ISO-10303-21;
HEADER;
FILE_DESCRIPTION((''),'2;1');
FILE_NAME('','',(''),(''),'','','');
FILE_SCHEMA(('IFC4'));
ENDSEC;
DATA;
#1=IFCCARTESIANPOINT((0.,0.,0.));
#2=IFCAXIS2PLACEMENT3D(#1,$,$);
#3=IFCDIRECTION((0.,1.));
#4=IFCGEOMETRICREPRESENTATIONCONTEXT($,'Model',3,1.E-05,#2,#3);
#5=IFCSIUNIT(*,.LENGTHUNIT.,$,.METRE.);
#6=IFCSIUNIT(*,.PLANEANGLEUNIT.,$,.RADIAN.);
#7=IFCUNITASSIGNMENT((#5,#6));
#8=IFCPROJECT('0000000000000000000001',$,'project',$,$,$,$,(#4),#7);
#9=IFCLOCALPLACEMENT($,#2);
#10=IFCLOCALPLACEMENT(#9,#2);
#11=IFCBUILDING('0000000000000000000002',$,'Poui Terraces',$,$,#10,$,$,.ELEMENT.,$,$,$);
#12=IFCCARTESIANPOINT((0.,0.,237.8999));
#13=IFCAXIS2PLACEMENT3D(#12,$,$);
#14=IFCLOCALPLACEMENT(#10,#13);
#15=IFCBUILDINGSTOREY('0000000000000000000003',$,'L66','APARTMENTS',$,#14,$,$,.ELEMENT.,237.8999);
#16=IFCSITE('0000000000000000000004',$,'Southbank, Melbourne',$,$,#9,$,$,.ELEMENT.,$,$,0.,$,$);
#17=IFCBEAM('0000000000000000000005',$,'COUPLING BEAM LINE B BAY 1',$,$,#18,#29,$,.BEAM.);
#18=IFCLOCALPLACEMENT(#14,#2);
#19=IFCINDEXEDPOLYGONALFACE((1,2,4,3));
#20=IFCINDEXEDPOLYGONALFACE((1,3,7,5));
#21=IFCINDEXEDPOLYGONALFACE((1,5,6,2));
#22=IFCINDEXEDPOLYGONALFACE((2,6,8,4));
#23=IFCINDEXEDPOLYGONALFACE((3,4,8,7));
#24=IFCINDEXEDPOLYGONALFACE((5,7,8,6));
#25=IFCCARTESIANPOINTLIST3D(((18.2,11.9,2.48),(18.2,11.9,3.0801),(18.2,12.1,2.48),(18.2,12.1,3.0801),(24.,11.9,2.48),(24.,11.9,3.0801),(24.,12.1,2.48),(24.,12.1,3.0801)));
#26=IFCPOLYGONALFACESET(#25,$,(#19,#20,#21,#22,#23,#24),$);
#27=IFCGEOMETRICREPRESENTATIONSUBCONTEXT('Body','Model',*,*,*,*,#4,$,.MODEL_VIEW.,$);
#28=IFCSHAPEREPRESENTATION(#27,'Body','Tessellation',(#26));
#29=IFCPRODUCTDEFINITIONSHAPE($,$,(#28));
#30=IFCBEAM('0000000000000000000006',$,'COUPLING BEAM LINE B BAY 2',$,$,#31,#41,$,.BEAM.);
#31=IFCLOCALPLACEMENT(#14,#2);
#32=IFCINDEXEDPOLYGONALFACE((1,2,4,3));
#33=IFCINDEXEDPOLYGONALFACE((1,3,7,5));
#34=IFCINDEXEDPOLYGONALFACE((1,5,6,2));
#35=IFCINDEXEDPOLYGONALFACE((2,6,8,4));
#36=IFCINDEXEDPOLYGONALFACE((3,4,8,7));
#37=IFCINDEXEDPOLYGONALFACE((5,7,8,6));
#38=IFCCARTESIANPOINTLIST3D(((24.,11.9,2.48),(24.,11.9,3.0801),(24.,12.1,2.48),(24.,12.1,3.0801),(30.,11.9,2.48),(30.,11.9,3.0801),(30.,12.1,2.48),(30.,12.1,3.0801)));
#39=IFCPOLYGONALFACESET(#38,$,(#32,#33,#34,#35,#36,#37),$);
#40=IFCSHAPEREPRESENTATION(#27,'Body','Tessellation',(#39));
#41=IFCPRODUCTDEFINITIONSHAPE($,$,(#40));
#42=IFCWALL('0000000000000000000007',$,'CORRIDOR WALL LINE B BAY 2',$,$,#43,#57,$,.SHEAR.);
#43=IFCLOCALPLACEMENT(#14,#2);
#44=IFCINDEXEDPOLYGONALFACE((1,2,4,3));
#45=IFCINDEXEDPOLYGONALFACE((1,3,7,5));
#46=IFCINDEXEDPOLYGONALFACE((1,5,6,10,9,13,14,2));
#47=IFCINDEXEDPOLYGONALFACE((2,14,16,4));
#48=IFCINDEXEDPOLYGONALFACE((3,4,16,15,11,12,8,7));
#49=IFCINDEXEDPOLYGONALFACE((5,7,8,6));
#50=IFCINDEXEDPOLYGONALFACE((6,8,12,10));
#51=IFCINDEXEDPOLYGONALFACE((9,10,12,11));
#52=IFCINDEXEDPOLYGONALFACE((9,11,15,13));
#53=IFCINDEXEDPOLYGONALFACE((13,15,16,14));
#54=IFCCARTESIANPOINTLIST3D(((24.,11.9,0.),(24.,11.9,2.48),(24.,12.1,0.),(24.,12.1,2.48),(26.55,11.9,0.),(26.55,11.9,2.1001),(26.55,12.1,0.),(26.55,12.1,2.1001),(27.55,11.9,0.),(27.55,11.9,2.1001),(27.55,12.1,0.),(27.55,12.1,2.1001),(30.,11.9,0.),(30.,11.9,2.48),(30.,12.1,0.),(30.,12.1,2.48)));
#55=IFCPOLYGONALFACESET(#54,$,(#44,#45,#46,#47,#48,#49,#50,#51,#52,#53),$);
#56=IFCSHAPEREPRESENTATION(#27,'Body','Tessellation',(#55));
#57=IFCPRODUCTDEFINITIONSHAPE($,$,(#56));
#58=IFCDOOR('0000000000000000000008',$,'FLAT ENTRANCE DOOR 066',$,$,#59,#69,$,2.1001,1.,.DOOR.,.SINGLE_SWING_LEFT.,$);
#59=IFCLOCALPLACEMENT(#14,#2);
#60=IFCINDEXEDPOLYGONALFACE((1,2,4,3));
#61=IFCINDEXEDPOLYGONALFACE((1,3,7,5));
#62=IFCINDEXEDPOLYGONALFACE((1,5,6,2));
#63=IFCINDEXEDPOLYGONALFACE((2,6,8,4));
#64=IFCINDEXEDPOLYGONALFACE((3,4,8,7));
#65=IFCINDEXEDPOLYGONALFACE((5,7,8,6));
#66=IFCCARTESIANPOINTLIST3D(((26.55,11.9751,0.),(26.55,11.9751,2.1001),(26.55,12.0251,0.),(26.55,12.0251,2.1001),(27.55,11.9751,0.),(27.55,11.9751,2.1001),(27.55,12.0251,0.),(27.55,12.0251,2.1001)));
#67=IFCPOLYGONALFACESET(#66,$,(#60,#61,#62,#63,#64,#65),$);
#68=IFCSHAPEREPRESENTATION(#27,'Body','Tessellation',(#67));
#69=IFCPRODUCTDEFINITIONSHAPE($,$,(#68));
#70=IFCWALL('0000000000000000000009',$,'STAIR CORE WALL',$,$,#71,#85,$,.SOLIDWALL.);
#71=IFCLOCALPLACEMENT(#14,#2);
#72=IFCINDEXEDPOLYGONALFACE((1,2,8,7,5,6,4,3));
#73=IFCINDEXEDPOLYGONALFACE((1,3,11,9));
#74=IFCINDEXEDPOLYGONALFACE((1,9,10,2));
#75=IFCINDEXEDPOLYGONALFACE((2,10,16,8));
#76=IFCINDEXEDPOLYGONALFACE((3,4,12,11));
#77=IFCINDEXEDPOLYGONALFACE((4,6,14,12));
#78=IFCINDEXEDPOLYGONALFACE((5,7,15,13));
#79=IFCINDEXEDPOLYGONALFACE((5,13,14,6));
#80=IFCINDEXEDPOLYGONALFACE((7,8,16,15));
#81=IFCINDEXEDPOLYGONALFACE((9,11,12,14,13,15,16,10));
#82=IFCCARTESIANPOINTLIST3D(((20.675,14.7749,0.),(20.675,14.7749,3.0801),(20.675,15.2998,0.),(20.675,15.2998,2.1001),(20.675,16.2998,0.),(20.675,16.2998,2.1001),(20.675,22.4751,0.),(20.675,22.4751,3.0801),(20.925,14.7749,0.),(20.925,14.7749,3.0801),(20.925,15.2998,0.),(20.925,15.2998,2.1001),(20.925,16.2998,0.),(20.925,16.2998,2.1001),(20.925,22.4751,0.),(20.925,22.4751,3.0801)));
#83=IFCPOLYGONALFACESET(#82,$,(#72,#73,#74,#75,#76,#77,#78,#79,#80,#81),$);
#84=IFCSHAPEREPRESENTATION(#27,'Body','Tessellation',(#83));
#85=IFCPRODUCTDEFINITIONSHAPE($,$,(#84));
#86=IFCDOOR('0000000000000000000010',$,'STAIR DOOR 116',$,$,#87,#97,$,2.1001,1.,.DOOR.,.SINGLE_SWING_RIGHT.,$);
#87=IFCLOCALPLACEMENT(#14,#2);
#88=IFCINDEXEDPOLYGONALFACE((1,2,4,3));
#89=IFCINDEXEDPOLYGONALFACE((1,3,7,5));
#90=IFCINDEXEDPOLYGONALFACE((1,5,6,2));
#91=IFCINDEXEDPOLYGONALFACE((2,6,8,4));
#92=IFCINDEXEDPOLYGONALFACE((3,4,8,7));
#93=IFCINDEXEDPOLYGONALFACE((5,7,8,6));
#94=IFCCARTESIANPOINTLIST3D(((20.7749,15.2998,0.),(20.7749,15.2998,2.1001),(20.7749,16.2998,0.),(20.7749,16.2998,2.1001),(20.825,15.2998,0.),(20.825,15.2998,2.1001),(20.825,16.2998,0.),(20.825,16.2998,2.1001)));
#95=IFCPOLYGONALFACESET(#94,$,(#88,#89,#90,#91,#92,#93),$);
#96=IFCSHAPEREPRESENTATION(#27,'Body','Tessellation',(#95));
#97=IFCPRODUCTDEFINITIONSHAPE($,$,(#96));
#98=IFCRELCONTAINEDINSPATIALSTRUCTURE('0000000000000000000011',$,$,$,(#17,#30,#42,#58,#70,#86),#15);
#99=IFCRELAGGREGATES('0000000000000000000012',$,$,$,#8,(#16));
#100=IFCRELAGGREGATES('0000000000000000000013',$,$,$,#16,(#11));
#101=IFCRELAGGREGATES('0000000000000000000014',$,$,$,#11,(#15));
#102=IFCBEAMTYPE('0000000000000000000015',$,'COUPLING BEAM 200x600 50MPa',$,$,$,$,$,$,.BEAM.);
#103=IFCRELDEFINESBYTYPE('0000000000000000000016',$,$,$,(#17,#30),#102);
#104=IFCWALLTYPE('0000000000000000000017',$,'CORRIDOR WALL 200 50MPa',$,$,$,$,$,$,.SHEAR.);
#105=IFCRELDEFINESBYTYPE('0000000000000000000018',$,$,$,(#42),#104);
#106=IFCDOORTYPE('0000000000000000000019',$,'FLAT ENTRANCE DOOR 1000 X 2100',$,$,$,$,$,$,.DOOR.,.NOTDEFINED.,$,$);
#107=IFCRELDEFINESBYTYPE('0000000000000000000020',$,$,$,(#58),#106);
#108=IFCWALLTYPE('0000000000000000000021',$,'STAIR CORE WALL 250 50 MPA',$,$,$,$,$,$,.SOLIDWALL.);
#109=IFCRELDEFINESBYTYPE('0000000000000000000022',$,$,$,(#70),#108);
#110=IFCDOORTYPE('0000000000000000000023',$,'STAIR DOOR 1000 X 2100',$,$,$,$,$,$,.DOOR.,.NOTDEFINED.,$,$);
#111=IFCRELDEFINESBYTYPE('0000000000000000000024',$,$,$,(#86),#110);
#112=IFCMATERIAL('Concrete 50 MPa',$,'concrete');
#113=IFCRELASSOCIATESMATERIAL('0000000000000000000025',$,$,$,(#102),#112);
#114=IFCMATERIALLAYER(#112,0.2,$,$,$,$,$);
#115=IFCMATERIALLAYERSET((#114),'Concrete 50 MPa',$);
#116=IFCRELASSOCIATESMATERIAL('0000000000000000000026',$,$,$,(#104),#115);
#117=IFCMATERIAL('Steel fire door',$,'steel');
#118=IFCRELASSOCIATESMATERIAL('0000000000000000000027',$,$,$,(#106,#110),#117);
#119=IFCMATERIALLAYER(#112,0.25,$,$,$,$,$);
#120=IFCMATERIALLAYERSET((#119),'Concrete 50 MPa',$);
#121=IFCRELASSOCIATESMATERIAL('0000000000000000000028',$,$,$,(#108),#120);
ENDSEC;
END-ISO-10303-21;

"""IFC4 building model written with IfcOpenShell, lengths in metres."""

from ifc_helpers import new_model, si_unit, direction, frame, frame_2d, origin, origin_2d, place, context, subcontext, project, spatial, rectangle, extrude, source, transform, mapped, material, layer, layer_set, material_profile, profile_set, type_object, element, fill, save


model = new_model("IFC4")

# Units and contexts
model_context = context("Model", 3, precision=1e-05, world=origin(), true_north=direction((0.0, 1.0)))
body_context = subcontext(model_context, "Body", "Model", "MODEL_VIEW")
ifc_project = project(units=[si_unit("LENGTHUNIT", "METRE"), si_unit("PLANEANGLEUNIT", "RADIAN")], contexts=[model_context])

# Site, building, storey
site_placement = place(None, origin())
site = spatial("IfcSite", under=ifc_project, at=site_placement, Name="Southbank, Melbourne", CompositionType="ELEMENT", RefElevation=0.0)
building_placement = place(site_placement, origin())
building = spatial("IfcBuilding", under=site, at=building_placement, Name="Poui Terraces", CompositionType="ELEMENT")
storey_placement = place(building_placement, frame((0.0, 0.0, 237.8999)))
storey = spatial("IfcBuildingStorey", under=building, at=storey_placement, Name="L66", Description="APARTMENTS", CompositionType="ELEMENT", Elevation=237.8999)

# Beams
ifc_material_1 = material(Name="Concrete 50 MPa", Category="concrete")
ifc_material_profile = material_profile(ifc_material_1, rectangle(XDim=0.2, YDim=0.6001, at=origin_2d()), Name="RC 200x600")
ifc_profile_set = profile_set([ifc_material_profile], Name="Concrete 50 MPa")
beam_type = type_object("IfcBeamType", Name="COUPLING BEAM 200x600 50MPa", PredefinedType="BEAM", material=ifc_profile_set)
shared_shape_1 = source(origin(), body_context, "Body", "SweptSolid", [
    extrude(rectangle(XDim=0.2, YDim=0.6001, at=origin_2d()), origin(), (0.0, 0.0, 1.0), 5.8),
])
beam_1_placement = place(storey_placement, frame((18.2, 12.0, 2.78), z_axis=(1.0, 0.0, 0.0), x_axis=(0.0, 1.0, 0.0)))
element("IfcBeam", 1, at=beam_1_placement, inside=storey, type_object=beam_type, Name="COUPLING BEAM LINE B BAY 1", PredefinedType="BEAM", context=body_context, shape_type="MappedRepresentation", body=[
    mapped(shared_shape_1, transform((0.0, 0.0, 0.0))),
])
shared_shape_2 = source(origin(), body_context, "Body", "SweptSolid", [
    extrude(rectangle(XDim=0.2, YDim=0.6001, at=origin_2d()), origin(), (0.0, 0.0, 1.0), 6.0),
])
beam_2_placement = place(storey_placement, frame((24.0, 12.0, 2.78), z_axis=(1.0, 0.0, 0.0), x_axis=(0.0, 1.0, 0.0)))
element("IfcBeam", 2, at=beam_2_placement, inside=storey, type_object=beam_type, Name="COUPLING BEAM LINE B BAY 2", PredefinedType="BEAM", context=body_context, shape_type="MappedRepresentation", body=[
    mapped(shared_shape_2, transform((0.0, 0.0, 0.0))),
])

# Wall, opening, door
ifc_layer_1 = layer(ifc_material_1, 0.2)
ifc_layer_set_1 = layer_set([ifc_layer_1], Name="Concrete 50 MPa")
wall_type_1 = type_object("IfcWallType", Name="CORRIDOR WALL 200 50MPa", PredefinedType="SHEAR", material=ifc_layer_set_1)
wall_1_placement = place(storey_placement, frame((24.0, 12.0, 0.0), z_axis=(0.0, 0.0, 1.0), x_axis=(1.0, 0.0, 0.0)))
wall_1 = element("IfcWall", 3, at=wall_1_placement, inside=storey, type_object=wall_type_1, Name="CORRIDOR WALL LINE B BAY 2", PredefinedType="SHEAR", context=body_context, shape_type="SweptSolid", body=[
    extrude(rectangle(XDim=6.0, YDim=0.2, at=frame_2d((3.0, 0.0))), origin(), (0.0, 0.0, 1.0), 2.48),
])
opening_1_placement = place(wall_1_placement, frame((2.55, 0.0, 0.0)))
opening_1 = element("IfcOpeningElement", 4, at=opening_1_placement, cuts=wall_1, PredefinedType="OPENING", context=body_context, shape_type="SweptSolid", body=[
    extrude(rectangle(XDim=1.0, YDim=2.1001, at=frame_2d((0.5, 1.05))), frame((0.0, 0.1099, 0.0), z_axis=(0.0, -1.0, 0.0), x_axis=(1.0, 0.0, 0.0)), (0.0, 0.0, 1.0), 0.22),
])
ifc_material_2 = material(Name="Steel fire door", Category="steel")
door_type_1 = type_object("IfcDoorType", Name="FLAT ENTRANCE DOOR 1000 X 2100", OperationType="NOTDEFINED", PredefinedType="DOOR", material=ifc_material_2)
door_1_placement = place(opening_1_placement, frame((1.0, 0.0, 0.0), z_axis=(0.0, 0.0, 1.0), x_axis=(-1.0, 0.0, 0.0)))
door_1 = element("IfcDoor", 5, at=door_1_placement, inside=storey, type_object=door_type_1, Name="FLAT ENTRANCE DOOR 066", OperationType="SINGLE_SWING_LEFT", OverallHeight=2.1001, OverallWidth=1.0, PredefinedType="DOOR", context=body_context, shape_type="SweptSolid", body=[
    extrude(rectangle(XDim=1.0, YDim=2.1001, at=frame_2d((0.5, 1.05))), frame((0.0, 0.0249, 0.0), z_axis=(0.0, -1.0, 0.0), x_axis=(1.0, 0.0, 0.0)), (0.0, 0.0, 1.0), 0.05),
])
fill(opening_1, door_1)

# Shared definitions
door_type_2 = type_object("IfcDoorType", Name="STAIR DOOR 1000 X 2100", OperationType="NOTDEFINED", PredefinedType="DOOR", material=ifc_material_2)

# Wall, opening, door
ifc_layer_2 = layer(ifc_material_1, 0.25)
ifc_layer_set_2 = layer_set([ifc_layer_2], Name="Concrete 50 MPa")
wall_type_2 = type_object("IfcWallType", Name="STAIR CORE WALL 250 50 MPA", PredefinedType="SOLIDWALL", material=ifc_layer_set_2)
wall_2_placement = place(storey_placement, frame((20.8, 14.7749, 0.0), z_axis=(0.0, 0.0, 1.0), x_axis=(0.0, 1.0, 0.0)))
wall_2 = element("IfcWall", 6, at=wall_2_placement, inside=storey, type_object=wall_type_2, Name="STAIR CORE WALL", PredefinedType="SOLIDWALL", context=body_context, shape_type="SweptSolid", body=[
    extrude(rectangle(XDim=7.7002, YDim=0.25, at=frame_2d((3.8501, 0.0))), origin(), (0.0, 0.0, 1.0), 3.0801),
])
opening_2_placement = place(wall_2_placement, frame((0.5249, 0.0, 0.0)))
opening_2 = element("IfcOpeningElement", 7, at=opening_2_placement, cuts=wall_2, PredefinedType="OPENING", context=body_context, shape_type="SweptSolid", body=[
    extrude(rectangle(XDim=1.0, YDim=2.1001, at=frame_2d((0.5, 1.05))), frame((0.0, 0.135, 0.0), z_axis=(0.0, -1.0, 0.0), x_axis=(1.0, 0.0, 0.0)), (0.0, 0.0, 1.0), 0.27),
])
door_2_placement = place(opening_2_placement, frame((1.0, 0.0, 0.0), z_axis=(0.0, 0.0, 1.0), x_axis=(-1.0, 0.0, 0.0)))
door_2 = element("IfcDoor", 8, at=door_2_placement, inside=storey, type_object=door_type_2, Name="STAIR DOOR 116", OperationType="SINGLE_SWING_RIGHT", OverallHeight=2.1001, OverallWidth=1.0, PredefinedType="DOOR", context=body_context, shape_type="SweptSolid", body=[
    extrude(rectangle(XDim=1.0, YDim=2.1001, at=frame_2d((0.5, 1.05))), frame((0.0, 0.0249, 0.0), z_axis=(0.0, -1.0, 0.0), x_axis=(1.0, 0.0, 0.0)), (0.0, 0.0, 1.0), 0.05),
])
fill(opening_2, door_2)

save(model, "model.ifc")
